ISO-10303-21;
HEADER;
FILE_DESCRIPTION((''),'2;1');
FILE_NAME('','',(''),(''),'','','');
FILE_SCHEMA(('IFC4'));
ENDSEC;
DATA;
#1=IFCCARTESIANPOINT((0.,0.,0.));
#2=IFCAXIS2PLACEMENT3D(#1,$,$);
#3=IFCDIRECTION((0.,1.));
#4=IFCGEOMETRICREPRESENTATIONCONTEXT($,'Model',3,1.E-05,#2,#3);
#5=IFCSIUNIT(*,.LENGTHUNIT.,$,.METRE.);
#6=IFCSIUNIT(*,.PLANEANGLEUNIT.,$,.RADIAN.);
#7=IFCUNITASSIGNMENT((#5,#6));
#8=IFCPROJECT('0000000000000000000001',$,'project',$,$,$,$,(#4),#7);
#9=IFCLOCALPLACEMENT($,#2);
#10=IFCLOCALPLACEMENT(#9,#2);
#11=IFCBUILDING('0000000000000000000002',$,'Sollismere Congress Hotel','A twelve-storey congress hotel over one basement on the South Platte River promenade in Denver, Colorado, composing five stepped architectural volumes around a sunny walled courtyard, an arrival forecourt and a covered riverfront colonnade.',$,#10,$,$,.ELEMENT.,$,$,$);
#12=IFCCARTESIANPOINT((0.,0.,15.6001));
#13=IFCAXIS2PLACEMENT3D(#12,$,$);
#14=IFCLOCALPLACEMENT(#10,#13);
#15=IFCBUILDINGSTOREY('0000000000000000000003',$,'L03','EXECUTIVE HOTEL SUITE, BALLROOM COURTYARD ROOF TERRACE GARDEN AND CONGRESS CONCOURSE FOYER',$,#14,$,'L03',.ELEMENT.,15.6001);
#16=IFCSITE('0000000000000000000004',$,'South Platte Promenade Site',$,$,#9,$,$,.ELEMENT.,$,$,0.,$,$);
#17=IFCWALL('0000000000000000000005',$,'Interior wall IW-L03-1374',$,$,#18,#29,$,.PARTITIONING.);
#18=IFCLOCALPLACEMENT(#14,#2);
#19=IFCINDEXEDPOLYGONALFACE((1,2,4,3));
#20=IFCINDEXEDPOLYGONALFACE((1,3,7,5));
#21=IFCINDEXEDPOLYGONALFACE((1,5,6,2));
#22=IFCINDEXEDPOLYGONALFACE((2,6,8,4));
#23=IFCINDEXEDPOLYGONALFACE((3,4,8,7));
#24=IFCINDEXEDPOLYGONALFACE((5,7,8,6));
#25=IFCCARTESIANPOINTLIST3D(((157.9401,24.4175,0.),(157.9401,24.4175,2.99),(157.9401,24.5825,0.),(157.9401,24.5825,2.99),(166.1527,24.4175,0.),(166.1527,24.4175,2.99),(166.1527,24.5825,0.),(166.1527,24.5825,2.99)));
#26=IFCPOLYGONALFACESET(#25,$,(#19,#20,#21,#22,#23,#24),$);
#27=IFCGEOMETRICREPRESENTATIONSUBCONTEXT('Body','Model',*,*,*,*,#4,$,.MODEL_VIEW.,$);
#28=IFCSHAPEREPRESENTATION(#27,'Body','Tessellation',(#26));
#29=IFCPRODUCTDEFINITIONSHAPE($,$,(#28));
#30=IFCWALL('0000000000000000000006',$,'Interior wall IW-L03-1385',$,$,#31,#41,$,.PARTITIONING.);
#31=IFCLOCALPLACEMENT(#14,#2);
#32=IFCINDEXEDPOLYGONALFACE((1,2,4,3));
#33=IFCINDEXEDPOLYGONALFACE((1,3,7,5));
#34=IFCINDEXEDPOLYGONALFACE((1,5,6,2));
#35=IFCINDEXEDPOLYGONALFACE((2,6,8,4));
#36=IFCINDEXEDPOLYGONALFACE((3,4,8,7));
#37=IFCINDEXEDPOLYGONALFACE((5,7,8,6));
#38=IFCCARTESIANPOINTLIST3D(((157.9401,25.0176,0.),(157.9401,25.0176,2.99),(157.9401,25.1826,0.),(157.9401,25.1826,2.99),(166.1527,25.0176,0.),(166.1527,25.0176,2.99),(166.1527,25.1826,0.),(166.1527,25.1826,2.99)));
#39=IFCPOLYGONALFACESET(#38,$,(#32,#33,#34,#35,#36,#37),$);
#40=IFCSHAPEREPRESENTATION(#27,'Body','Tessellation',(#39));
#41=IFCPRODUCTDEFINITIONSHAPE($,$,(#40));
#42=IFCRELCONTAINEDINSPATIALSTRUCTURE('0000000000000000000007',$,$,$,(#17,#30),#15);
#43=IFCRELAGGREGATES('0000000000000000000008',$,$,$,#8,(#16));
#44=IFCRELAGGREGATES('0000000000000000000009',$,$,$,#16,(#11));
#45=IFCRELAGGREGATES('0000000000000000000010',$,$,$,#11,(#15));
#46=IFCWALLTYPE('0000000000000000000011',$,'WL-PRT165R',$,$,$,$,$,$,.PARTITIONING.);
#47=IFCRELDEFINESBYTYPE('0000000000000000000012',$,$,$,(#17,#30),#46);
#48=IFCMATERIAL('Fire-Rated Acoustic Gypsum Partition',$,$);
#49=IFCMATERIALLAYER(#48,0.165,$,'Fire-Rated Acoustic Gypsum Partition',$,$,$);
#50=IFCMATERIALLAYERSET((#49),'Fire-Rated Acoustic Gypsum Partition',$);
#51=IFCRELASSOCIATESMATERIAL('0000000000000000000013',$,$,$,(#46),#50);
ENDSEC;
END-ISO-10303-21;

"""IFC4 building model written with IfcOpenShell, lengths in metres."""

from ifc_helpers import new_model, si_unit, direction, frame, frame_2d, origin, place, context, subcontext, project, spatial, rectangle, extrude, material, layer, layer_set, type_object, element, save


model = new_model("IFC4")

# Units and contexts
model_context = context("Model", 3, precision=1e-05, world=origin(), true_north=direction((0.0, 1.0)))
body_context = subcontext(model_context, "Body", "Model", "MODEL_VIEW")
ifc_project = project(units=[si_unit("LENGTHUNIT", "METRE"), si_unit("PLANEANGLEUNIT", "RADIAN")], contexts=[model_context])

# Site, building, storey
site_placement = place(None, origin())
site = spatial("IfcSite", under=ifc_project, at=site_placement, Name="South Platte Promenade Site", CompositionType="ELEMENT", RefElevation=0.0)
building_placement = place(site_placement, origin())
building = spatial("IfcBuilding", under=site, at=building_placement, Name="Sollismere Congress Hotel", Description="A twelve-storey congress hotel over one basement on the South Platte River promenade in Denver, Colorado, composing five stepped architectural volumes around a sunny walled courtyard, an arrival forecourt and a covered riverfront colonnade.", CompositionType="ELEMENT")
storey_placement = place(building_placement, frame((0.0, 0.0, 15.6001)))
storey = spatial("IfcBuildingStorey", under=building, at=storey_placement, Name="L03", Description="EXECUTIVE HOTEL SUITE, BALLROOM COURTYARD ROOF TERRACE GARDEN AND CONGRESS CONCOURSE FOYER", LongName="L03", CompositionType="ELEMENT", Elevation=15.6001)

# Walls
ifc_material_1 = material(Name="Fire-Rated Acoustic Gypsum Partition")
ifc_layer_1 = layer(ifc_material_1, 0.165, Name="Fire-Rated Acoustic Gypsum Partition")
ifc_layer_set_1 = layer_set([ifc_layer_1], Name="Fire-Rated Acoustic Gypsum Partition")
wall_type_1 = type_object("IfcWallType", Name="WL-PRT165R", PredefinedType="PARTITIONING", material=ifc_layer_set_1)
for number, where, z_axis, x_axis, name in (
    (1, (157.9399, 24.5, 0.0), (0.0, 0.0, 1.0), (1.0, 0.0, 0.0), "Interior wall IW-L03-1374"),
    (2, (157.9399, 25.1001, 0.0), (0.0, 0.0, 1.0), (1.0, 0.0, 0.0), "Interior wall IW-L03-1385"),
):
    element("IfcWall", number, at=place(storey_placement, frame(where, z_axis=z_axis, x_axis=x_axis)), inside=storey, type_object=wall_type_1, Name=name, PredefinedType="PARTITIONING", context=body_context, shape_type="SweptSolid", body=[
        extrude(rectangle(XDim=8.2126, YDim=0.165, at=frame_2d((4.1064, 0.0))), origin(), (0.0, 0.0, 1.0), 2.99),
    ])

save(model, "model.ifc")
